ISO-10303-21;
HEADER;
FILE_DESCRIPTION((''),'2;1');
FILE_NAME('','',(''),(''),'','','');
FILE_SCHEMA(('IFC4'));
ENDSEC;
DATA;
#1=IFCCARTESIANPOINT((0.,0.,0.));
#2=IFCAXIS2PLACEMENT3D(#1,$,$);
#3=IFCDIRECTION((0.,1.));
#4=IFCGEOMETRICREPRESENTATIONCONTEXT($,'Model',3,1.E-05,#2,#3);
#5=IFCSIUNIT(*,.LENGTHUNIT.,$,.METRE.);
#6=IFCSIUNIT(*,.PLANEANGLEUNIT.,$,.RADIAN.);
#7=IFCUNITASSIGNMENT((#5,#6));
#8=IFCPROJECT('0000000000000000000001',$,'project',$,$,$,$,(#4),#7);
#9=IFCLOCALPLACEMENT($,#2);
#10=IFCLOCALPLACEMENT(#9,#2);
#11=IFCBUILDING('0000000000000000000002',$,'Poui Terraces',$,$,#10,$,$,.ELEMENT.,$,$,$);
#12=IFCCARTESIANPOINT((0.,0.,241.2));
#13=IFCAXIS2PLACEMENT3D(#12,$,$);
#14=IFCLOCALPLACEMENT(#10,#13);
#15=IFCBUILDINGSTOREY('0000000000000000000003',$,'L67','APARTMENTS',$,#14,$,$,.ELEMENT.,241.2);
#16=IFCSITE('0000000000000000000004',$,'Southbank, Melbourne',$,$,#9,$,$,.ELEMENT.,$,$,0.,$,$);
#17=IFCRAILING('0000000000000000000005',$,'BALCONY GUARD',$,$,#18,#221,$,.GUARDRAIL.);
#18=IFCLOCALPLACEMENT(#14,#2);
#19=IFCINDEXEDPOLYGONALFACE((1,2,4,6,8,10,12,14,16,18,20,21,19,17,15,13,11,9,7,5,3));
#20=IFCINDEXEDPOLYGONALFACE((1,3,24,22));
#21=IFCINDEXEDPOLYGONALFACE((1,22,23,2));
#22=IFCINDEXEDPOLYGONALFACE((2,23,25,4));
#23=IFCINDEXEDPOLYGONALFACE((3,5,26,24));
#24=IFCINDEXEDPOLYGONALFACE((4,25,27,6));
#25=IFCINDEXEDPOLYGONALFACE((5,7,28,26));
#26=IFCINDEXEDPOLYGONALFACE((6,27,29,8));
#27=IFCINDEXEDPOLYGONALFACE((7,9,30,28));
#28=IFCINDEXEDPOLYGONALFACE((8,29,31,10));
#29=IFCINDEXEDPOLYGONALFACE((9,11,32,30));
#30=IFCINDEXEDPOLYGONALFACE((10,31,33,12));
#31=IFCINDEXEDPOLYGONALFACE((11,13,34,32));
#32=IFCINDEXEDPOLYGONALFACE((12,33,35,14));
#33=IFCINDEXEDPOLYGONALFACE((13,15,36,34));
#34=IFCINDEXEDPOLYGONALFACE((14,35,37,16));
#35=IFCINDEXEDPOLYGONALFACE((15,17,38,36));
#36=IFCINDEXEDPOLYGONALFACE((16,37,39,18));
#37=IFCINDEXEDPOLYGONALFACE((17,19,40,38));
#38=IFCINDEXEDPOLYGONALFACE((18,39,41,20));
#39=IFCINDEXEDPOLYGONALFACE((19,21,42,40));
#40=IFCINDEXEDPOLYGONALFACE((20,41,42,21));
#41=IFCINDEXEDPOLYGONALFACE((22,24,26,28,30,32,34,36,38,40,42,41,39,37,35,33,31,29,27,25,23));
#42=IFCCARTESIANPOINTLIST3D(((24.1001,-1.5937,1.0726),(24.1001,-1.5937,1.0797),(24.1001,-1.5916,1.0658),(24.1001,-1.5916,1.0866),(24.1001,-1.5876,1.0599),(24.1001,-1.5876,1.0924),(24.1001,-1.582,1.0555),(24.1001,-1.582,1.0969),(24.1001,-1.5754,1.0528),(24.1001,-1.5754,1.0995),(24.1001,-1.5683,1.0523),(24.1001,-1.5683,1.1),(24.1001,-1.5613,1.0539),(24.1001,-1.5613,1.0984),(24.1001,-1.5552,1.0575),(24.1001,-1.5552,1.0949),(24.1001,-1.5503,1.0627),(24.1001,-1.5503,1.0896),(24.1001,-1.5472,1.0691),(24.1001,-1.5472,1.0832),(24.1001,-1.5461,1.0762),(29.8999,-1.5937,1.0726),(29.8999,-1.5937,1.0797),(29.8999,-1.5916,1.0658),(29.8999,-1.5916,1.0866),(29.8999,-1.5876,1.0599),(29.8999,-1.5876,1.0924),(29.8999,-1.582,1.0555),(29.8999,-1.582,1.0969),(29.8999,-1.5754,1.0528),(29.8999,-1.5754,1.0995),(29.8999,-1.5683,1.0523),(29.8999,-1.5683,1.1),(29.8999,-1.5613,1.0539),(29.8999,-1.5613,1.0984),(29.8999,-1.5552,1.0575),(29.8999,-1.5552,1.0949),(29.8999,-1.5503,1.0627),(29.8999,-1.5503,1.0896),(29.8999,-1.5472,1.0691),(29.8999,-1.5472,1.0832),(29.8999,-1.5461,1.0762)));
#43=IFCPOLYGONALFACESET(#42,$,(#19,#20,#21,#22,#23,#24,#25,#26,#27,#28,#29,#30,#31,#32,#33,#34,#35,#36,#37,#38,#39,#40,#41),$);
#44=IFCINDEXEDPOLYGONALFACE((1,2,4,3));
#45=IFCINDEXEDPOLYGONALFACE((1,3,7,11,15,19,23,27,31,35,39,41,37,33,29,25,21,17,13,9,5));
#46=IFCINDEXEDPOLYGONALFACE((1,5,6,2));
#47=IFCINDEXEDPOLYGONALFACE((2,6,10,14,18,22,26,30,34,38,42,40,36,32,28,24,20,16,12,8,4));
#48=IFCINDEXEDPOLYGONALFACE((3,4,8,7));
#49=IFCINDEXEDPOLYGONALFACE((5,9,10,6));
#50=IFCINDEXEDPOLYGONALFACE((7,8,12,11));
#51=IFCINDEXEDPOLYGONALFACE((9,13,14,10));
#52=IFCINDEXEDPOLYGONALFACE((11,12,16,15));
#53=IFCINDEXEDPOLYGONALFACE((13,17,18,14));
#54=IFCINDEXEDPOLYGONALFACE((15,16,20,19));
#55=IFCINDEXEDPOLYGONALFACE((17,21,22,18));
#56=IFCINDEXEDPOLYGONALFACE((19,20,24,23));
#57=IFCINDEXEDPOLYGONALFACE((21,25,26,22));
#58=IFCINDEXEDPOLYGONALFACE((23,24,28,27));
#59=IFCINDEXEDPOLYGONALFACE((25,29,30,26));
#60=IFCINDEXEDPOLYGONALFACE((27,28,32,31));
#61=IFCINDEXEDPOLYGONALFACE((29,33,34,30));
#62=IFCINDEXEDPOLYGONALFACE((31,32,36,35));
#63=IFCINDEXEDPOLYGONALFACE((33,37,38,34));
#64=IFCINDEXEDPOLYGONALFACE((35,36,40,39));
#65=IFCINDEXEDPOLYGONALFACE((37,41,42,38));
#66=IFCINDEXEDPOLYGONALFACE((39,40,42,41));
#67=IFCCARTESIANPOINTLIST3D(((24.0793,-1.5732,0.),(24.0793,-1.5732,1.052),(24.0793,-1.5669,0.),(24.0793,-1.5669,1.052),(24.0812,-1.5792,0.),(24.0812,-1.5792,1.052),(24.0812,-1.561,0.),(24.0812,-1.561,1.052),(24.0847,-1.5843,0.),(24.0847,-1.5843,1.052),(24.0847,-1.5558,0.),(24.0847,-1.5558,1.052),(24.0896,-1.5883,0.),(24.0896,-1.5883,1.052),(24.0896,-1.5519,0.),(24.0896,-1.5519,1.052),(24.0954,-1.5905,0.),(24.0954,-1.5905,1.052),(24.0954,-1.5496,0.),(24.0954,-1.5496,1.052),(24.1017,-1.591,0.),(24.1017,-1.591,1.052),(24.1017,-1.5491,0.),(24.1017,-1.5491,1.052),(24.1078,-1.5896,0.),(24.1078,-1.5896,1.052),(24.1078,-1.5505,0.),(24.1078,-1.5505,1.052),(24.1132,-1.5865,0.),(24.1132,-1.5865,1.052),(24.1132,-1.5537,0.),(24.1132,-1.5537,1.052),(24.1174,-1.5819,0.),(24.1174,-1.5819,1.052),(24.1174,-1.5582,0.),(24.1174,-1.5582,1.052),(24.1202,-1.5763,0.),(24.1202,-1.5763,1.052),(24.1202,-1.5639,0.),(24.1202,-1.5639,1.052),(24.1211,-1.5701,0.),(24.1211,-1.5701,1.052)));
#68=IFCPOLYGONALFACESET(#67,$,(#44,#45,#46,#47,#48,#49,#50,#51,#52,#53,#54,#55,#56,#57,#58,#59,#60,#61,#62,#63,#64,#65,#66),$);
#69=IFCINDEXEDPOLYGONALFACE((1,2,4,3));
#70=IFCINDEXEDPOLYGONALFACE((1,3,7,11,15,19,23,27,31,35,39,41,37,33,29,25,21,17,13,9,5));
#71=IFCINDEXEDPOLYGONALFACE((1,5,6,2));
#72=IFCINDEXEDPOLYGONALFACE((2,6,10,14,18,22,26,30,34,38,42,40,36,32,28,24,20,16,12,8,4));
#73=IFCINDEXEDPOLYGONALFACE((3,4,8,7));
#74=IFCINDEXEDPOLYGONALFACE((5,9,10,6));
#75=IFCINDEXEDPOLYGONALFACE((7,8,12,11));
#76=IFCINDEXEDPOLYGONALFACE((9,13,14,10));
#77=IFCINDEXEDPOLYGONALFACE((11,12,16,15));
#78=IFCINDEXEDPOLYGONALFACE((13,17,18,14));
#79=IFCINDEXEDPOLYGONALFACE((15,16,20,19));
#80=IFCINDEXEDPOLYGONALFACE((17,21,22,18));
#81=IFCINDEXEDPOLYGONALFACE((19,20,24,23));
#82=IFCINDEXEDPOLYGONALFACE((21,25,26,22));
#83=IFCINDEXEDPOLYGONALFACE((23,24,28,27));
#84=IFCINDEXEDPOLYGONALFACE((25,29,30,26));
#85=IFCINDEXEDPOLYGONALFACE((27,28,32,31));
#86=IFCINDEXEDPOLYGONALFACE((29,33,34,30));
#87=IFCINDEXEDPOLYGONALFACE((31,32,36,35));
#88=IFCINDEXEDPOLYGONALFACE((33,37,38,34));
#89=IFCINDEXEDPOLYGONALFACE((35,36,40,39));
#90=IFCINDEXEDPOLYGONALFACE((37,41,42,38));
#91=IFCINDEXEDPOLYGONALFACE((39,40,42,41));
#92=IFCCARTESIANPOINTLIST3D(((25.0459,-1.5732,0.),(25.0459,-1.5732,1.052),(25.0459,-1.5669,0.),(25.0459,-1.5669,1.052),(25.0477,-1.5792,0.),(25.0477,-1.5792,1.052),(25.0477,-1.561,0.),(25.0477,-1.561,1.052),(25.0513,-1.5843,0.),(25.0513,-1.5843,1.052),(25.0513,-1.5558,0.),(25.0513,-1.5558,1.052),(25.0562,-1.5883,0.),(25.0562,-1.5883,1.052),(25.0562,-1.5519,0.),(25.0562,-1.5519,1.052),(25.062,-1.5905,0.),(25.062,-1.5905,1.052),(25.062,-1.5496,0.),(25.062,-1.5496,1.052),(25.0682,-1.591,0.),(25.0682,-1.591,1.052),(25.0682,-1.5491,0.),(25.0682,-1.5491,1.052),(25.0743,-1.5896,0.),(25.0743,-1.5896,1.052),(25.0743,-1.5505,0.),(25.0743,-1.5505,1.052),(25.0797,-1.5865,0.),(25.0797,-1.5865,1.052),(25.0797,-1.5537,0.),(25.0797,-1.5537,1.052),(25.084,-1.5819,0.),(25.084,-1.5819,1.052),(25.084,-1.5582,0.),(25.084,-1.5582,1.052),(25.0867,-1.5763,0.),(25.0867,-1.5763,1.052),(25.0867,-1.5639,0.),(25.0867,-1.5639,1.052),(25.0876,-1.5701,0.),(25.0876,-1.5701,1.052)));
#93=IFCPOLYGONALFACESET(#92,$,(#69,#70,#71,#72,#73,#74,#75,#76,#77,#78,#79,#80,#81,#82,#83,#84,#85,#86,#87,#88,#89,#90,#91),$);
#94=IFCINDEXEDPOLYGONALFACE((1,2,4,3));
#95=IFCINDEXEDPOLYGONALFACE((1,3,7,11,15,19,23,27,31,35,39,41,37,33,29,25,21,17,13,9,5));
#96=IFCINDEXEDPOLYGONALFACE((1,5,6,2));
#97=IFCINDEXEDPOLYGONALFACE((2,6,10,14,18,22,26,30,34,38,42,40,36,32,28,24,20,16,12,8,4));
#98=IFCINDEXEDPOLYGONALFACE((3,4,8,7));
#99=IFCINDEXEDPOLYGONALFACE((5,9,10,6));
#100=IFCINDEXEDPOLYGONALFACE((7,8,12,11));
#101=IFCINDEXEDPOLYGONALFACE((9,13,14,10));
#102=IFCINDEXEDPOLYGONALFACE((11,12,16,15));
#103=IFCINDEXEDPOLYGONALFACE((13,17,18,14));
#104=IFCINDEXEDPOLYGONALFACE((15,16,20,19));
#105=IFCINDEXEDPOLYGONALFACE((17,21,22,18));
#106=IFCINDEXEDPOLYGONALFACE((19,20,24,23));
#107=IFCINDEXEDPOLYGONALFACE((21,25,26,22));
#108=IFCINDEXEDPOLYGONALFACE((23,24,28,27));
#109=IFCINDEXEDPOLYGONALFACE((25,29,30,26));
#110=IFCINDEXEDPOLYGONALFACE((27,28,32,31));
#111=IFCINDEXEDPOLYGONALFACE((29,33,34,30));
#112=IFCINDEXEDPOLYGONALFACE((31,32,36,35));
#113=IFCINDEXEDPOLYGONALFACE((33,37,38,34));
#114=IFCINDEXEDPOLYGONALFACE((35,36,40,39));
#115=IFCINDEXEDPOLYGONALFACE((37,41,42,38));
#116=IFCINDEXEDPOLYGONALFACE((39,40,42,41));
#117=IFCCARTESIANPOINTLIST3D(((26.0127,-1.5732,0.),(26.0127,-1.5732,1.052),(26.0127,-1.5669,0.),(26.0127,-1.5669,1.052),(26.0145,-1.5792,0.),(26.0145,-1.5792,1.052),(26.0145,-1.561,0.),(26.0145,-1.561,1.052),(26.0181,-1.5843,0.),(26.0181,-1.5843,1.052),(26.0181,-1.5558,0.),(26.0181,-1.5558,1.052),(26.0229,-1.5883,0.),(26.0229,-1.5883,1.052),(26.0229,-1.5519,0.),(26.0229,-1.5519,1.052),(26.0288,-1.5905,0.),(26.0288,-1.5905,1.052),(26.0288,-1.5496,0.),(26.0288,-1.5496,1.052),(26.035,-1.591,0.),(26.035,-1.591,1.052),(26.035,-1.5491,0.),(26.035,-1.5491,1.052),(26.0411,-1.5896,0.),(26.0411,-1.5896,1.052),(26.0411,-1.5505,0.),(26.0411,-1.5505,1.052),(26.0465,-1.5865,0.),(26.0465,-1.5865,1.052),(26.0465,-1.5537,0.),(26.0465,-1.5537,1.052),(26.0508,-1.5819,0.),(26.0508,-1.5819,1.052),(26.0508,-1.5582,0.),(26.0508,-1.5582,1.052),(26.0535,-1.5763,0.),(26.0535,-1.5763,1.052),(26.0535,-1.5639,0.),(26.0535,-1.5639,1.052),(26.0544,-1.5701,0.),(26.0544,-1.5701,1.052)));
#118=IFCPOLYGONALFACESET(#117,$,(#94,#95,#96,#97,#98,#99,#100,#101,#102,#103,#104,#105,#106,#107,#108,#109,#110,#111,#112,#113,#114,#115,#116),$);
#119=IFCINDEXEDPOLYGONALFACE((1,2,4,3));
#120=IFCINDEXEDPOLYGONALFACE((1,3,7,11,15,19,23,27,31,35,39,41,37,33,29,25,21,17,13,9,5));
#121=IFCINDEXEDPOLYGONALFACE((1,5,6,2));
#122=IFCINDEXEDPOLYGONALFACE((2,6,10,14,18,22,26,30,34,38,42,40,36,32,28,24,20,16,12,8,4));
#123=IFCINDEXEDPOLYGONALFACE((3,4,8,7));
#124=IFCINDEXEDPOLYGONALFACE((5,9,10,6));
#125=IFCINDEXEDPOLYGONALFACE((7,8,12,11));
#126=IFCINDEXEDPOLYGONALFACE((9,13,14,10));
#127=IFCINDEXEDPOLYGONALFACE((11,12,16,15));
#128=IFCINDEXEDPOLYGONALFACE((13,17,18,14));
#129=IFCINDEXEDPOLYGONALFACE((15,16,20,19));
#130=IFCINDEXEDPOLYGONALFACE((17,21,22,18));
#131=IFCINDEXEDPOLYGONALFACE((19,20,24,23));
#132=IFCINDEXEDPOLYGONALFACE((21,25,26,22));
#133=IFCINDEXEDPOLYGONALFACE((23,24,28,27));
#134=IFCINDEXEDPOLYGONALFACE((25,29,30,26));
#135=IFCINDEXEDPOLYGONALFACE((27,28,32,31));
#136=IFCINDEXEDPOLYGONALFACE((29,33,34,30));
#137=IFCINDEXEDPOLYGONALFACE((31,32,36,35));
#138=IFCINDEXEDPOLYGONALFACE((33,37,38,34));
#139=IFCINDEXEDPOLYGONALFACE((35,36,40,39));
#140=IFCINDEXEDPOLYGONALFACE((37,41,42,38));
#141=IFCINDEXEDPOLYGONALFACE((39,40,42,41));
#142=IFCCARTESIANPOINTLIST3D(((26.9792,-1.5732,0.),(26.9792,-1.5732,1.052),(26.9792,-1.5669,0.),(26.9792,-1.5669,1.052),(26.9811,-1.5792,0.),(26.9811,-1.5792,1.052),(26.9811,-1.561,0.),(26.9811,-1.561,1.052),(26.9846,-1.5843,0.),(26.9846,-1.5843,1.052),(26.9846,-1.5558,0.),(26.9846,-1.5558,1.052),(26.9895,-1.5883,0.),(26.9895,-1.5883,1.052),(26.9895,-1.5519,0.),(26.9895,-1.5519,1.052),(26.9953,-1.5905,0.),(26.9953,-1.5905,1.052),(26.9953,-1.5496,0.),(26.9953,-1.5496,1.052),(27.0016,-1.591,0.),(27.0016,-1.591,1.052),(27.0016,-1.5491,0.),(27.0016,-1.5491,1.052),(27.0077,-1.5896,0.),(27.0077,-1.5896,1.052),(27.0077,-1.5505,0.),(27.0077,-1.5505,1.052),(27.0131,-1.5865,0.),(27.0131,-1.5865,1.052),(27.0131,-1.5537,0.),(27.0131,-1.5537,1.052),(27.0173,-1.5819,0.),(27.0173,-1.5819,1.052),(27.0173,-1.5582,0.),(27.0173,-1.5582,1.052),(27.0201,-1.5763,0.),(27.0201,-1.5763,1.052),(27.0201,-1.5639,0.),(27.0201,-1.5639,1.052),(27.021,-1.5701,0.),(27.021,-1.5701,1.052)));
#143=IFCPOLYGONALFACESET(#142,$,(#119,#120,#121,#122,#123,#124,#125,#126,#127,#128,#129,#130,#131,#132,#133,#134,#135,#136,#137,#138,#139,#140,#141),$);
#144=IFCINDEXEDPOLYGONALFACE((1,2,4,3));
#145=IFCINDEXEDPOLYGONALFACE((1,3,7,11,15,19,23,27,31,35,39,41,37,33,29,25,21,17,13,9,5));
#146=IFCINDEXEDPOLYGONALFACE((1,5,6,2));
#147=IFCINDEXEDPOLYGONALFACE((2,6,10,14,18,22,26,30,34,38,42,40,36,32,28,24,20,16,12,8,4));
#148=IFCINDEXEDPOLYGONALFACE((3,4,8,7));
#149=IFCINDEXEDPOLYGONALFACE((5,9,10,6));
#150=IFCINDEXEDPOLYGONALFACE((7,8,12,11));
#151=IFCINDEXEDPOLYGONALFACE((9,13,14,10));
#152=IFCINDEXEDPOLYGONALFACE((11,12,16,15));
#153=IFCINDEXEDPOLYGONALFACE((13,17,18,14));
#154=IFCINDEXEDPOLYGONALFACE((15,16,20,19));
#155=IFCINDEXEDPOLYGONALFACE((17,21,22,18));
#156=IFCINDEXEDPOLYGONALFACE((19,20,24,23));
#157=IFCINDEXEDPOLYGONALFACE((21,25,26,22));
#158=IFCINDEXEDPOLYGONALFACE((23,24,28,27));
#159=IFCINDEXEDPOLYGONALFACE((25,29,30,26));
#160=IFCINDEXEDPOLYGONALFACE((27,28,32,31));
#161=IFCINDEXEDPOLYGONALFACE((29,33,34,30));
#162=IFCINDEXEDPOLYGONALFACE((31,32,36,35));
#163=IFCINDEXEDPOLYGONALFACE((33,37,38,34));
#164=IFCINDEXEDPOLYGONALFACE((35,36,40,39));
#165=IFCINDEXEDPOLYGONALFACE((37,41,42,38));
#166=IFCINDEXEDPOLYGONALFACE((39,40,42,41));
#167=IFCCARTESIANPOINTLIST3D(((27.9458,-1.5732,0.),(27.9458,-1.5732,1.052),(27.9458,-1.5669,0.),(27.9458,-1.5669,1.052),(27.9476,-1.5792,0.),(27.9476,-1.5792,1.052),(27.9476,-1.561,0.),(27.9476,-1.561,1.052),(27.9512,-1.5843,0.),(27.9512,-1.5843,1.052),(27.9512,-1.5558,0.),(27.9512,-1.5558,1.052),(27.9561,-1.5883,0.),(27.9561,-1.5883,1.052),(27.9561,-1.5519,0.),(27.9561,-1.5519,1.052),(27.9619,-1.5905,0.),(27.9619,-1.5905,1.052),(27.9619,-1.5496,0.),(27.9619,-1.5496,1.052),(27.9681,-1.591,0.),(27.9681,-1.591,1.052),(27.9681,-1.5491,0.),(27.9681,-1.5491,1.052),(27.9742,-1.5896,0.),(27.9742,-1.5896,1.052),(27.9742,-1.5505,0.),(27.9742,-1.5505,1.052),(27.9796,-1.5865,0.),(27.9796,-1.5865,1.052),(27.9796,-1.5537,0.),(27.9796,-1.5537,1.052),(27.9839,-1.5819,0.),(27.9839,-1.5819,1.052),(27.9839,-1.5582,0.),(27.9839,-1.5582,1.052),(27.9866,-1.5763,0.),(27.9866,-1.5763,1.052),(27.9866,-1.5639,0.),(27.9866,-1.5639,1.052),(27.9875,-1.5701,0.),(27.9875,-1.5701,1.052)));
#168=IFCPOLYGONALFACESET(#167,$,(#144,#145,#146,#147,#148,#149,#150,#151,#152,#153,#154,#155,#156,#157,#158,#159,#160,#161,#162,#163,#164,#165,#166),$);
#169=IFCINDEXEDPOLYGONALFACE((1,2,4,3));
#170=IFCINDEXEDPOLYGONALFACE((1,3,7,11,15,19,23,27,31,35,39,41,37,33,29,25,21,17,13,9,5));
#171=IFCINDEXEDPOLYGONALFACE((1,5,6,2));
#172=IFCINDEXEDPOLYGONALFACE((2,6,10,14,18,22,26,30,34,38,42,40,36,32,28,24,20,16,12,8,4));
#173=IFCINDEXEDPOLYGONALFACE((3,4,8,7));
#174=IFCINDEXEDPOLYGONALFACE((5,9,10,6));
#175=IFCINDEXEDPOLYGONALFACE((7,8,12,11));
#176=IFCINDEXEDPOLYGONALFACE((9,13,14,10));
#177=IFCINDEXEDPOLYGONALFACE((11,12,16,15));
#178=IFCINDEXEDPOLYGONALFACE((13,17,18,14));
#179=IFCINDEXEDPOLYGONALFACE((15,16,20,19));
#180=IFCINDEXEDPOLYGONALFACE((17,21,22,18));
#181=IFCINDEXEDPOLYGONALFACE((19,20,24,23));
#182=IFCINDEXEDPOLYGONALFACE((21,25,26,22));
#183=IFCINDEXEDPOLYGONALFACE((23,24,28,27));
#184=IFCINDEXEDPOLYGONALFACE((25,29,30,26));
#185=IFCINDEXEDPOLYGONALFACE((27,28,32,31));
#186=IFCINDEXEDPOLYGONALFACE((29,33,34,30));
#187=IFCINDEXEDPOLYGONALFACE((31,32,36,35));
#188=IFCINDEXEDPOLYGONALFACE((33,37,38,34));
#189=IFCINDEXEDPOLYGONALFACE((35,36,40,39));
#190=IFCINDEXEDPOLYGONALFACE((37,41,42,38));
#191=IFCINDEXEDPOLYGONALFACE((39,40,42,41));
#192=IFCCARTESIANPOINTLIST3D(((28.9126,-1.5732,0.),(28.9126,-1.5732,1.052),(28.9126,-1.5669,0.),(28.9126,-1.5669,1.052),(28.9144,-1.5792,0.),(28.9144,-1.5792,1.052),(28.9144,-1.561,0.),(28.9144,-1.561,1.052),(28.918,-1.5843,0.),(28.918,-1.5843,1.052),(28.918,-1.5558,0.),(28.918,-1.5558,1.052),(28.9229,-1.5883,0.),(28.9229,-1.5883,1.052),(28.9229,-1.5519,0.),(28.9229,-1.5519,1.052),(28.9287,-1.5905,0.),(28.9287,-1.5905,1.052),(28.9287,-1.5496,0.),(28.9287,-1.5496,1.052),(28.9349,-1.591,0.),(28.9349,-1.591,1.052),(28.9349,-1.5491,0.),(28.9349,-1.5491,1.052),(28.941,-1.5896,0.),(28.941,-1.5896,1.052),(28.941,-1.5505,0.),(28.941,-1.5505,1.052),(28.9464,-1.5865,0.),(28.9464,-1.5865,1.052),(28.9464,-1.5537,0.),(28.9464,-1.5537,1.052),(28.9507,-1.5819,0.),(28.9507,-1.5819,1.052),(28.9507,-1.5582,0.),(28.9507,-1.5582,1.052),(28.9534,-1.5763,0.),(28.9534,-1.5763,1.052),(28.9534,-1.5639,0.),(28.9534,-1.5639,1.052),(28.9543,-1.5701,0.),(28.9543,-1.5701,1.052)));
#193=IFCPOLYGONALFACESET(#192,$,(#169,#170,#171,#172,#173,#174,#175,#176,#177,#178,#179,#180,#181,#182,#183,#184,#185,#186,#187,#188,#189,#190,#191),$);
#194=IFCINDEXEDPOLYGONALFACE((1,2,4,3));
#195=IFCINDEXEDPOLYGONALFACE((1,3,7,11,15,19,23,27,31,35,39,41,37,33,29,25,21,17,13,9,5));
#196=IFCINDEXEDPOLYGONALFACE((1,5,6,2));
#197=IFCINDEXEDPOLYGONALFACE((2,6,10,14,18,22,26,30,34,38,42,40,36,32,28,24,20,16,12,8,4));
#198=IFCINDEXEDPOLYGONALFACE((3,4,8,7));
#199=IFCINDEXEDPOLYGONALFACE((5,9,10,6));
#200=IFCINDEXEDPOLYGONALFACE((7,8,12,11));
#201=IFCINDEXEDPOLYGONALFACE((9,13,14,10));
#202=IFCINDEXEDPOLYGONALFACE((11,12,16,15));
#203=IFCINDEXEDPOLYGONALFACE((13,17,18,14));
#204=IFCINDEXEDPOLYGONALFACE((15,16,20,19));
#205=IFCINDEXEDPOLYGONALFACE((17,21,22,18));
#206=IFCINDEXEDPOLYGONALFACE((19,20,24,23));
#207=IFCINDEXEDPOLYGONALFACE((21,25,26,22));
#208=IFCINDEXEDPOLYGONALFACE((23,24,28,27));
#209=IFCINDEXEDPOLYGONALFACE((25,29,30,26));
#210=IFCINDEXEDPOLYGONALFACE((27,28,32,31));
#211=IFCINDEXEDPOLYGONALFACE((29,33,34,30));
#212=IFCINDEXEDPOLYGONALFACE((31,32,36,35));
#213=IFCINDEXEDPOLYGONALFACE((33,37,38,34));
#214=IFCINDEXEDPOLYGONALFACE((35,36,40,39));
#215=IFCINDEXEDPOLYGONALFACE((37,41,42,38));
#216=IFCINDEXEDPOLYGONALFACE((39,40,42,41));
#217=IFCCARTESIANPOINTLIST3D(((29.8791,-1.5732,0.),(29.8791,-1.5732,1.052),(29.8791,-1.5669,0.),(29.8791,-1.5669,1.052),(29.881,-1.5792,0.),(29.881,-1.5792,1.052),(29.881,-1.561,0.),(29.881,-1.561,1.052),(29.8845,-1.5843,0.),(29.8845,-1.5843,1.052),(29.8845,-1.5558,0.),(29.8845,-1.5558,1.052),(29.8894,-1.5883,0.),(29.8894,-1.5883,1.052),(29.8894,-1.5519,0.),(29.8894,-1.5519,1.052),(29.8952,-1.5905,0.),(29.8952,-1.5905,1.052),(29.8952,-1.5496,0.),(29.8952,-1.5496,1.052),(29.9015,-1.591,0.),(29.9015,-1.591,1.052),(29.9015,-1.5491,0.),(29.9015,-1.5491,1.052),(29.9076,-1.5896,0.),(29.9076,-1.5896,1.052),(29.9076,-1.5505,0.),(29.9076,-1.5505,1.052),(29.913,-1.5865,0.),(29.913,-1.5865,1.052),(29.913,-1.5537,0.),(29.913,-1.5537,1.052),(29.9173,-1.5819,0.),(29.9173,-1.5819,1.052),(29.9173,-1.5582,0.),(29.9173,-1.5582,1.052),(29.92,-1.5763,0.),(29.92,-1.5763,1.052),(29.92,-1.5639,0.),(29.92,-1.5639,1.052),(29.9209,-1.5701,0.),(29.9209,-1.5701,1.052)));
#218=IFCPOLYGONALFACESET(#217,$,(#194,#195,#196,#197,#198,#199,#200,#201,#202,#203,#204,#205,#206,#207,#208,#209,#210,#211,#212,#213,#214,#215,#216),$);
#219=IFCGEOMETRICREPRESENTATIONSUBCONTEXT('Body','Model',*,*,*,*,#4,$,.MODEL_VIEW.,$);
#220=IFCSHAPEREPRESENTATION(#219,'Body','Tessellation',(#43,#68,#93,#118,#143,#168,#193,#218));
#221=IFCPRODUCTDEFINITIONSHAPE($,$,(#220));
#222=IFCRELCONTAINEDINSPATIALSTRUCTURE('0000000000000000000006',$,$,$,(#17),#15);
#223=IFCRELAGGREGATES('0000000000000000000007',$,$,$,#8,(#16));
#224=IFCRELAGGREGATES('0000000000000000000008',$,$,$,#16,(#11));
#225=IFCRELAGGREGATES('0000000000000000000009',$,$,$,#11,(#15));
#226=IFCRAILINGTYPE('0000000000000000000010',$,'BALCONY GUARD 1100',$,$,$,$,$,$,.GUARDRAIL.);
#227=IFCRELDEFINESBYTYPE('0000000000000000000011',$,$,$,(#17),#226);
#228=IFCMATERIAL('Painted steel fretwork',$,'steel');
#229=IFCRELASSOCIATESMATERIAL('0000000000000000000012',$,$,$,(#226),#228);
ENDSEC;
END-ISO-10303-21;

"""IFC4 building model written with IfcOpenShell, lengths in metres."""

from ifc_helpers import new_model, si_unit, direction, frame, origin, origin_2d, place, context, subcontext, project, spatial, circle, extrude, material, type_object, element, save


model = new_model("IFC4")

# Units and contexts
model_context = context("Model", 3, precision=1e-05, world=origin(), true_north=direction((0.0, 1.0)))
body_context = subcontext(model_context, "Body", "Model", "MODEL_VIEW")
ifc_project = project(units=[si_unit("LENGTHUNIT", "METRE"), si_unit("PLANEANGLEUNIT", "RADIAN")], contexts=[model_context])

# Site, building, storey
site_placement = place(None, origin())
site = spatial("IfcSite", under=ifc_project, at=site_placement, Name="Southbank, Melbourne", CompositionType="ELEMENT", RefElevation=0.0)
building_placement = place(site_placement, origin())
building = spatial("IfcBuilding", under=site, at=building_placement, Name="Poui Terraces", CompositionType="ELEMENT")
storey_placement = place(building_placement, frame((0.0, 0.0, 241.2)))
storey = spatial("IfcBuildingStorey", under=building, at=storey_placement, Name="L67", Description="APARTMENTS", CompositionType="ELEMENT", Elevation=241.2)

# Railing
ifc_material_1 = material(Name="Painted steel fretwork", Category="steel")
railing_type = type_object("IfcRailingType", Name="BALCONY GUARD 1100", PredefinedType="GUARDRAIL", material=ifc_material_1)
railing_placement = place(storey_placement, frame((24.1001, -1.5701, 0.0)))
element("IfcRailing", 1, at=railing_placement, inside=storey, type_object=railing_type, Name="BALCONY GUARD", PredefinedType="GUARDRAIL", context=body_context, shape_type="SweptSolid", body=[
    extrude(circle(Radius=0.0239, at=origin_2d()), frame((0.0, 0.0, 1.0762), z_axis=(1.0, 0.0, 0.0), x_axis=(0.0, 1.0, 0.0)), (0.0, 0.0, 1.0), 5.7998),
    extrude(circle(Radius=0.021, at=origin_2d()), origin(), (0.0, 0.0, 1.0), 1.052),
    extrude(circle(Radius=0.021, at=origin_2d()), frame((0.9666, 0.0, 0.0)), (0.0, 0.0, 1.0), 1.052),
    extrude(circle(Radius=0.021, at=origin_2d()), frame((1.9333, 0.0, 0.0)), (0.0, 0.0, 1.0), 1.052),
    extrude(circle(Radius=0.021, at=origin_2d()), frame((2.8999, 0.0, 0.0)), (0.0, 0.0, 1.0), 1.052),
    extrude(circle(Radius=0.021, at=origin_2d()), frame((3.8665, 0.0, 0.0)), (0.0, 0.0, 1.0), 1.052),
    extrude(circle(Radius=0.021, at=origin_2d()), frame((4.8333, 0.0, 0.0)), (0.0, 0.0, 1.0), 1.052),
    extrude(circle(Radius=0.021, at=origin_2d()), frame((5.7998, 0.0, 0.0)), (0.0, 0.0, 1.0), 1.052),
])

save(model, "model.ifc")
